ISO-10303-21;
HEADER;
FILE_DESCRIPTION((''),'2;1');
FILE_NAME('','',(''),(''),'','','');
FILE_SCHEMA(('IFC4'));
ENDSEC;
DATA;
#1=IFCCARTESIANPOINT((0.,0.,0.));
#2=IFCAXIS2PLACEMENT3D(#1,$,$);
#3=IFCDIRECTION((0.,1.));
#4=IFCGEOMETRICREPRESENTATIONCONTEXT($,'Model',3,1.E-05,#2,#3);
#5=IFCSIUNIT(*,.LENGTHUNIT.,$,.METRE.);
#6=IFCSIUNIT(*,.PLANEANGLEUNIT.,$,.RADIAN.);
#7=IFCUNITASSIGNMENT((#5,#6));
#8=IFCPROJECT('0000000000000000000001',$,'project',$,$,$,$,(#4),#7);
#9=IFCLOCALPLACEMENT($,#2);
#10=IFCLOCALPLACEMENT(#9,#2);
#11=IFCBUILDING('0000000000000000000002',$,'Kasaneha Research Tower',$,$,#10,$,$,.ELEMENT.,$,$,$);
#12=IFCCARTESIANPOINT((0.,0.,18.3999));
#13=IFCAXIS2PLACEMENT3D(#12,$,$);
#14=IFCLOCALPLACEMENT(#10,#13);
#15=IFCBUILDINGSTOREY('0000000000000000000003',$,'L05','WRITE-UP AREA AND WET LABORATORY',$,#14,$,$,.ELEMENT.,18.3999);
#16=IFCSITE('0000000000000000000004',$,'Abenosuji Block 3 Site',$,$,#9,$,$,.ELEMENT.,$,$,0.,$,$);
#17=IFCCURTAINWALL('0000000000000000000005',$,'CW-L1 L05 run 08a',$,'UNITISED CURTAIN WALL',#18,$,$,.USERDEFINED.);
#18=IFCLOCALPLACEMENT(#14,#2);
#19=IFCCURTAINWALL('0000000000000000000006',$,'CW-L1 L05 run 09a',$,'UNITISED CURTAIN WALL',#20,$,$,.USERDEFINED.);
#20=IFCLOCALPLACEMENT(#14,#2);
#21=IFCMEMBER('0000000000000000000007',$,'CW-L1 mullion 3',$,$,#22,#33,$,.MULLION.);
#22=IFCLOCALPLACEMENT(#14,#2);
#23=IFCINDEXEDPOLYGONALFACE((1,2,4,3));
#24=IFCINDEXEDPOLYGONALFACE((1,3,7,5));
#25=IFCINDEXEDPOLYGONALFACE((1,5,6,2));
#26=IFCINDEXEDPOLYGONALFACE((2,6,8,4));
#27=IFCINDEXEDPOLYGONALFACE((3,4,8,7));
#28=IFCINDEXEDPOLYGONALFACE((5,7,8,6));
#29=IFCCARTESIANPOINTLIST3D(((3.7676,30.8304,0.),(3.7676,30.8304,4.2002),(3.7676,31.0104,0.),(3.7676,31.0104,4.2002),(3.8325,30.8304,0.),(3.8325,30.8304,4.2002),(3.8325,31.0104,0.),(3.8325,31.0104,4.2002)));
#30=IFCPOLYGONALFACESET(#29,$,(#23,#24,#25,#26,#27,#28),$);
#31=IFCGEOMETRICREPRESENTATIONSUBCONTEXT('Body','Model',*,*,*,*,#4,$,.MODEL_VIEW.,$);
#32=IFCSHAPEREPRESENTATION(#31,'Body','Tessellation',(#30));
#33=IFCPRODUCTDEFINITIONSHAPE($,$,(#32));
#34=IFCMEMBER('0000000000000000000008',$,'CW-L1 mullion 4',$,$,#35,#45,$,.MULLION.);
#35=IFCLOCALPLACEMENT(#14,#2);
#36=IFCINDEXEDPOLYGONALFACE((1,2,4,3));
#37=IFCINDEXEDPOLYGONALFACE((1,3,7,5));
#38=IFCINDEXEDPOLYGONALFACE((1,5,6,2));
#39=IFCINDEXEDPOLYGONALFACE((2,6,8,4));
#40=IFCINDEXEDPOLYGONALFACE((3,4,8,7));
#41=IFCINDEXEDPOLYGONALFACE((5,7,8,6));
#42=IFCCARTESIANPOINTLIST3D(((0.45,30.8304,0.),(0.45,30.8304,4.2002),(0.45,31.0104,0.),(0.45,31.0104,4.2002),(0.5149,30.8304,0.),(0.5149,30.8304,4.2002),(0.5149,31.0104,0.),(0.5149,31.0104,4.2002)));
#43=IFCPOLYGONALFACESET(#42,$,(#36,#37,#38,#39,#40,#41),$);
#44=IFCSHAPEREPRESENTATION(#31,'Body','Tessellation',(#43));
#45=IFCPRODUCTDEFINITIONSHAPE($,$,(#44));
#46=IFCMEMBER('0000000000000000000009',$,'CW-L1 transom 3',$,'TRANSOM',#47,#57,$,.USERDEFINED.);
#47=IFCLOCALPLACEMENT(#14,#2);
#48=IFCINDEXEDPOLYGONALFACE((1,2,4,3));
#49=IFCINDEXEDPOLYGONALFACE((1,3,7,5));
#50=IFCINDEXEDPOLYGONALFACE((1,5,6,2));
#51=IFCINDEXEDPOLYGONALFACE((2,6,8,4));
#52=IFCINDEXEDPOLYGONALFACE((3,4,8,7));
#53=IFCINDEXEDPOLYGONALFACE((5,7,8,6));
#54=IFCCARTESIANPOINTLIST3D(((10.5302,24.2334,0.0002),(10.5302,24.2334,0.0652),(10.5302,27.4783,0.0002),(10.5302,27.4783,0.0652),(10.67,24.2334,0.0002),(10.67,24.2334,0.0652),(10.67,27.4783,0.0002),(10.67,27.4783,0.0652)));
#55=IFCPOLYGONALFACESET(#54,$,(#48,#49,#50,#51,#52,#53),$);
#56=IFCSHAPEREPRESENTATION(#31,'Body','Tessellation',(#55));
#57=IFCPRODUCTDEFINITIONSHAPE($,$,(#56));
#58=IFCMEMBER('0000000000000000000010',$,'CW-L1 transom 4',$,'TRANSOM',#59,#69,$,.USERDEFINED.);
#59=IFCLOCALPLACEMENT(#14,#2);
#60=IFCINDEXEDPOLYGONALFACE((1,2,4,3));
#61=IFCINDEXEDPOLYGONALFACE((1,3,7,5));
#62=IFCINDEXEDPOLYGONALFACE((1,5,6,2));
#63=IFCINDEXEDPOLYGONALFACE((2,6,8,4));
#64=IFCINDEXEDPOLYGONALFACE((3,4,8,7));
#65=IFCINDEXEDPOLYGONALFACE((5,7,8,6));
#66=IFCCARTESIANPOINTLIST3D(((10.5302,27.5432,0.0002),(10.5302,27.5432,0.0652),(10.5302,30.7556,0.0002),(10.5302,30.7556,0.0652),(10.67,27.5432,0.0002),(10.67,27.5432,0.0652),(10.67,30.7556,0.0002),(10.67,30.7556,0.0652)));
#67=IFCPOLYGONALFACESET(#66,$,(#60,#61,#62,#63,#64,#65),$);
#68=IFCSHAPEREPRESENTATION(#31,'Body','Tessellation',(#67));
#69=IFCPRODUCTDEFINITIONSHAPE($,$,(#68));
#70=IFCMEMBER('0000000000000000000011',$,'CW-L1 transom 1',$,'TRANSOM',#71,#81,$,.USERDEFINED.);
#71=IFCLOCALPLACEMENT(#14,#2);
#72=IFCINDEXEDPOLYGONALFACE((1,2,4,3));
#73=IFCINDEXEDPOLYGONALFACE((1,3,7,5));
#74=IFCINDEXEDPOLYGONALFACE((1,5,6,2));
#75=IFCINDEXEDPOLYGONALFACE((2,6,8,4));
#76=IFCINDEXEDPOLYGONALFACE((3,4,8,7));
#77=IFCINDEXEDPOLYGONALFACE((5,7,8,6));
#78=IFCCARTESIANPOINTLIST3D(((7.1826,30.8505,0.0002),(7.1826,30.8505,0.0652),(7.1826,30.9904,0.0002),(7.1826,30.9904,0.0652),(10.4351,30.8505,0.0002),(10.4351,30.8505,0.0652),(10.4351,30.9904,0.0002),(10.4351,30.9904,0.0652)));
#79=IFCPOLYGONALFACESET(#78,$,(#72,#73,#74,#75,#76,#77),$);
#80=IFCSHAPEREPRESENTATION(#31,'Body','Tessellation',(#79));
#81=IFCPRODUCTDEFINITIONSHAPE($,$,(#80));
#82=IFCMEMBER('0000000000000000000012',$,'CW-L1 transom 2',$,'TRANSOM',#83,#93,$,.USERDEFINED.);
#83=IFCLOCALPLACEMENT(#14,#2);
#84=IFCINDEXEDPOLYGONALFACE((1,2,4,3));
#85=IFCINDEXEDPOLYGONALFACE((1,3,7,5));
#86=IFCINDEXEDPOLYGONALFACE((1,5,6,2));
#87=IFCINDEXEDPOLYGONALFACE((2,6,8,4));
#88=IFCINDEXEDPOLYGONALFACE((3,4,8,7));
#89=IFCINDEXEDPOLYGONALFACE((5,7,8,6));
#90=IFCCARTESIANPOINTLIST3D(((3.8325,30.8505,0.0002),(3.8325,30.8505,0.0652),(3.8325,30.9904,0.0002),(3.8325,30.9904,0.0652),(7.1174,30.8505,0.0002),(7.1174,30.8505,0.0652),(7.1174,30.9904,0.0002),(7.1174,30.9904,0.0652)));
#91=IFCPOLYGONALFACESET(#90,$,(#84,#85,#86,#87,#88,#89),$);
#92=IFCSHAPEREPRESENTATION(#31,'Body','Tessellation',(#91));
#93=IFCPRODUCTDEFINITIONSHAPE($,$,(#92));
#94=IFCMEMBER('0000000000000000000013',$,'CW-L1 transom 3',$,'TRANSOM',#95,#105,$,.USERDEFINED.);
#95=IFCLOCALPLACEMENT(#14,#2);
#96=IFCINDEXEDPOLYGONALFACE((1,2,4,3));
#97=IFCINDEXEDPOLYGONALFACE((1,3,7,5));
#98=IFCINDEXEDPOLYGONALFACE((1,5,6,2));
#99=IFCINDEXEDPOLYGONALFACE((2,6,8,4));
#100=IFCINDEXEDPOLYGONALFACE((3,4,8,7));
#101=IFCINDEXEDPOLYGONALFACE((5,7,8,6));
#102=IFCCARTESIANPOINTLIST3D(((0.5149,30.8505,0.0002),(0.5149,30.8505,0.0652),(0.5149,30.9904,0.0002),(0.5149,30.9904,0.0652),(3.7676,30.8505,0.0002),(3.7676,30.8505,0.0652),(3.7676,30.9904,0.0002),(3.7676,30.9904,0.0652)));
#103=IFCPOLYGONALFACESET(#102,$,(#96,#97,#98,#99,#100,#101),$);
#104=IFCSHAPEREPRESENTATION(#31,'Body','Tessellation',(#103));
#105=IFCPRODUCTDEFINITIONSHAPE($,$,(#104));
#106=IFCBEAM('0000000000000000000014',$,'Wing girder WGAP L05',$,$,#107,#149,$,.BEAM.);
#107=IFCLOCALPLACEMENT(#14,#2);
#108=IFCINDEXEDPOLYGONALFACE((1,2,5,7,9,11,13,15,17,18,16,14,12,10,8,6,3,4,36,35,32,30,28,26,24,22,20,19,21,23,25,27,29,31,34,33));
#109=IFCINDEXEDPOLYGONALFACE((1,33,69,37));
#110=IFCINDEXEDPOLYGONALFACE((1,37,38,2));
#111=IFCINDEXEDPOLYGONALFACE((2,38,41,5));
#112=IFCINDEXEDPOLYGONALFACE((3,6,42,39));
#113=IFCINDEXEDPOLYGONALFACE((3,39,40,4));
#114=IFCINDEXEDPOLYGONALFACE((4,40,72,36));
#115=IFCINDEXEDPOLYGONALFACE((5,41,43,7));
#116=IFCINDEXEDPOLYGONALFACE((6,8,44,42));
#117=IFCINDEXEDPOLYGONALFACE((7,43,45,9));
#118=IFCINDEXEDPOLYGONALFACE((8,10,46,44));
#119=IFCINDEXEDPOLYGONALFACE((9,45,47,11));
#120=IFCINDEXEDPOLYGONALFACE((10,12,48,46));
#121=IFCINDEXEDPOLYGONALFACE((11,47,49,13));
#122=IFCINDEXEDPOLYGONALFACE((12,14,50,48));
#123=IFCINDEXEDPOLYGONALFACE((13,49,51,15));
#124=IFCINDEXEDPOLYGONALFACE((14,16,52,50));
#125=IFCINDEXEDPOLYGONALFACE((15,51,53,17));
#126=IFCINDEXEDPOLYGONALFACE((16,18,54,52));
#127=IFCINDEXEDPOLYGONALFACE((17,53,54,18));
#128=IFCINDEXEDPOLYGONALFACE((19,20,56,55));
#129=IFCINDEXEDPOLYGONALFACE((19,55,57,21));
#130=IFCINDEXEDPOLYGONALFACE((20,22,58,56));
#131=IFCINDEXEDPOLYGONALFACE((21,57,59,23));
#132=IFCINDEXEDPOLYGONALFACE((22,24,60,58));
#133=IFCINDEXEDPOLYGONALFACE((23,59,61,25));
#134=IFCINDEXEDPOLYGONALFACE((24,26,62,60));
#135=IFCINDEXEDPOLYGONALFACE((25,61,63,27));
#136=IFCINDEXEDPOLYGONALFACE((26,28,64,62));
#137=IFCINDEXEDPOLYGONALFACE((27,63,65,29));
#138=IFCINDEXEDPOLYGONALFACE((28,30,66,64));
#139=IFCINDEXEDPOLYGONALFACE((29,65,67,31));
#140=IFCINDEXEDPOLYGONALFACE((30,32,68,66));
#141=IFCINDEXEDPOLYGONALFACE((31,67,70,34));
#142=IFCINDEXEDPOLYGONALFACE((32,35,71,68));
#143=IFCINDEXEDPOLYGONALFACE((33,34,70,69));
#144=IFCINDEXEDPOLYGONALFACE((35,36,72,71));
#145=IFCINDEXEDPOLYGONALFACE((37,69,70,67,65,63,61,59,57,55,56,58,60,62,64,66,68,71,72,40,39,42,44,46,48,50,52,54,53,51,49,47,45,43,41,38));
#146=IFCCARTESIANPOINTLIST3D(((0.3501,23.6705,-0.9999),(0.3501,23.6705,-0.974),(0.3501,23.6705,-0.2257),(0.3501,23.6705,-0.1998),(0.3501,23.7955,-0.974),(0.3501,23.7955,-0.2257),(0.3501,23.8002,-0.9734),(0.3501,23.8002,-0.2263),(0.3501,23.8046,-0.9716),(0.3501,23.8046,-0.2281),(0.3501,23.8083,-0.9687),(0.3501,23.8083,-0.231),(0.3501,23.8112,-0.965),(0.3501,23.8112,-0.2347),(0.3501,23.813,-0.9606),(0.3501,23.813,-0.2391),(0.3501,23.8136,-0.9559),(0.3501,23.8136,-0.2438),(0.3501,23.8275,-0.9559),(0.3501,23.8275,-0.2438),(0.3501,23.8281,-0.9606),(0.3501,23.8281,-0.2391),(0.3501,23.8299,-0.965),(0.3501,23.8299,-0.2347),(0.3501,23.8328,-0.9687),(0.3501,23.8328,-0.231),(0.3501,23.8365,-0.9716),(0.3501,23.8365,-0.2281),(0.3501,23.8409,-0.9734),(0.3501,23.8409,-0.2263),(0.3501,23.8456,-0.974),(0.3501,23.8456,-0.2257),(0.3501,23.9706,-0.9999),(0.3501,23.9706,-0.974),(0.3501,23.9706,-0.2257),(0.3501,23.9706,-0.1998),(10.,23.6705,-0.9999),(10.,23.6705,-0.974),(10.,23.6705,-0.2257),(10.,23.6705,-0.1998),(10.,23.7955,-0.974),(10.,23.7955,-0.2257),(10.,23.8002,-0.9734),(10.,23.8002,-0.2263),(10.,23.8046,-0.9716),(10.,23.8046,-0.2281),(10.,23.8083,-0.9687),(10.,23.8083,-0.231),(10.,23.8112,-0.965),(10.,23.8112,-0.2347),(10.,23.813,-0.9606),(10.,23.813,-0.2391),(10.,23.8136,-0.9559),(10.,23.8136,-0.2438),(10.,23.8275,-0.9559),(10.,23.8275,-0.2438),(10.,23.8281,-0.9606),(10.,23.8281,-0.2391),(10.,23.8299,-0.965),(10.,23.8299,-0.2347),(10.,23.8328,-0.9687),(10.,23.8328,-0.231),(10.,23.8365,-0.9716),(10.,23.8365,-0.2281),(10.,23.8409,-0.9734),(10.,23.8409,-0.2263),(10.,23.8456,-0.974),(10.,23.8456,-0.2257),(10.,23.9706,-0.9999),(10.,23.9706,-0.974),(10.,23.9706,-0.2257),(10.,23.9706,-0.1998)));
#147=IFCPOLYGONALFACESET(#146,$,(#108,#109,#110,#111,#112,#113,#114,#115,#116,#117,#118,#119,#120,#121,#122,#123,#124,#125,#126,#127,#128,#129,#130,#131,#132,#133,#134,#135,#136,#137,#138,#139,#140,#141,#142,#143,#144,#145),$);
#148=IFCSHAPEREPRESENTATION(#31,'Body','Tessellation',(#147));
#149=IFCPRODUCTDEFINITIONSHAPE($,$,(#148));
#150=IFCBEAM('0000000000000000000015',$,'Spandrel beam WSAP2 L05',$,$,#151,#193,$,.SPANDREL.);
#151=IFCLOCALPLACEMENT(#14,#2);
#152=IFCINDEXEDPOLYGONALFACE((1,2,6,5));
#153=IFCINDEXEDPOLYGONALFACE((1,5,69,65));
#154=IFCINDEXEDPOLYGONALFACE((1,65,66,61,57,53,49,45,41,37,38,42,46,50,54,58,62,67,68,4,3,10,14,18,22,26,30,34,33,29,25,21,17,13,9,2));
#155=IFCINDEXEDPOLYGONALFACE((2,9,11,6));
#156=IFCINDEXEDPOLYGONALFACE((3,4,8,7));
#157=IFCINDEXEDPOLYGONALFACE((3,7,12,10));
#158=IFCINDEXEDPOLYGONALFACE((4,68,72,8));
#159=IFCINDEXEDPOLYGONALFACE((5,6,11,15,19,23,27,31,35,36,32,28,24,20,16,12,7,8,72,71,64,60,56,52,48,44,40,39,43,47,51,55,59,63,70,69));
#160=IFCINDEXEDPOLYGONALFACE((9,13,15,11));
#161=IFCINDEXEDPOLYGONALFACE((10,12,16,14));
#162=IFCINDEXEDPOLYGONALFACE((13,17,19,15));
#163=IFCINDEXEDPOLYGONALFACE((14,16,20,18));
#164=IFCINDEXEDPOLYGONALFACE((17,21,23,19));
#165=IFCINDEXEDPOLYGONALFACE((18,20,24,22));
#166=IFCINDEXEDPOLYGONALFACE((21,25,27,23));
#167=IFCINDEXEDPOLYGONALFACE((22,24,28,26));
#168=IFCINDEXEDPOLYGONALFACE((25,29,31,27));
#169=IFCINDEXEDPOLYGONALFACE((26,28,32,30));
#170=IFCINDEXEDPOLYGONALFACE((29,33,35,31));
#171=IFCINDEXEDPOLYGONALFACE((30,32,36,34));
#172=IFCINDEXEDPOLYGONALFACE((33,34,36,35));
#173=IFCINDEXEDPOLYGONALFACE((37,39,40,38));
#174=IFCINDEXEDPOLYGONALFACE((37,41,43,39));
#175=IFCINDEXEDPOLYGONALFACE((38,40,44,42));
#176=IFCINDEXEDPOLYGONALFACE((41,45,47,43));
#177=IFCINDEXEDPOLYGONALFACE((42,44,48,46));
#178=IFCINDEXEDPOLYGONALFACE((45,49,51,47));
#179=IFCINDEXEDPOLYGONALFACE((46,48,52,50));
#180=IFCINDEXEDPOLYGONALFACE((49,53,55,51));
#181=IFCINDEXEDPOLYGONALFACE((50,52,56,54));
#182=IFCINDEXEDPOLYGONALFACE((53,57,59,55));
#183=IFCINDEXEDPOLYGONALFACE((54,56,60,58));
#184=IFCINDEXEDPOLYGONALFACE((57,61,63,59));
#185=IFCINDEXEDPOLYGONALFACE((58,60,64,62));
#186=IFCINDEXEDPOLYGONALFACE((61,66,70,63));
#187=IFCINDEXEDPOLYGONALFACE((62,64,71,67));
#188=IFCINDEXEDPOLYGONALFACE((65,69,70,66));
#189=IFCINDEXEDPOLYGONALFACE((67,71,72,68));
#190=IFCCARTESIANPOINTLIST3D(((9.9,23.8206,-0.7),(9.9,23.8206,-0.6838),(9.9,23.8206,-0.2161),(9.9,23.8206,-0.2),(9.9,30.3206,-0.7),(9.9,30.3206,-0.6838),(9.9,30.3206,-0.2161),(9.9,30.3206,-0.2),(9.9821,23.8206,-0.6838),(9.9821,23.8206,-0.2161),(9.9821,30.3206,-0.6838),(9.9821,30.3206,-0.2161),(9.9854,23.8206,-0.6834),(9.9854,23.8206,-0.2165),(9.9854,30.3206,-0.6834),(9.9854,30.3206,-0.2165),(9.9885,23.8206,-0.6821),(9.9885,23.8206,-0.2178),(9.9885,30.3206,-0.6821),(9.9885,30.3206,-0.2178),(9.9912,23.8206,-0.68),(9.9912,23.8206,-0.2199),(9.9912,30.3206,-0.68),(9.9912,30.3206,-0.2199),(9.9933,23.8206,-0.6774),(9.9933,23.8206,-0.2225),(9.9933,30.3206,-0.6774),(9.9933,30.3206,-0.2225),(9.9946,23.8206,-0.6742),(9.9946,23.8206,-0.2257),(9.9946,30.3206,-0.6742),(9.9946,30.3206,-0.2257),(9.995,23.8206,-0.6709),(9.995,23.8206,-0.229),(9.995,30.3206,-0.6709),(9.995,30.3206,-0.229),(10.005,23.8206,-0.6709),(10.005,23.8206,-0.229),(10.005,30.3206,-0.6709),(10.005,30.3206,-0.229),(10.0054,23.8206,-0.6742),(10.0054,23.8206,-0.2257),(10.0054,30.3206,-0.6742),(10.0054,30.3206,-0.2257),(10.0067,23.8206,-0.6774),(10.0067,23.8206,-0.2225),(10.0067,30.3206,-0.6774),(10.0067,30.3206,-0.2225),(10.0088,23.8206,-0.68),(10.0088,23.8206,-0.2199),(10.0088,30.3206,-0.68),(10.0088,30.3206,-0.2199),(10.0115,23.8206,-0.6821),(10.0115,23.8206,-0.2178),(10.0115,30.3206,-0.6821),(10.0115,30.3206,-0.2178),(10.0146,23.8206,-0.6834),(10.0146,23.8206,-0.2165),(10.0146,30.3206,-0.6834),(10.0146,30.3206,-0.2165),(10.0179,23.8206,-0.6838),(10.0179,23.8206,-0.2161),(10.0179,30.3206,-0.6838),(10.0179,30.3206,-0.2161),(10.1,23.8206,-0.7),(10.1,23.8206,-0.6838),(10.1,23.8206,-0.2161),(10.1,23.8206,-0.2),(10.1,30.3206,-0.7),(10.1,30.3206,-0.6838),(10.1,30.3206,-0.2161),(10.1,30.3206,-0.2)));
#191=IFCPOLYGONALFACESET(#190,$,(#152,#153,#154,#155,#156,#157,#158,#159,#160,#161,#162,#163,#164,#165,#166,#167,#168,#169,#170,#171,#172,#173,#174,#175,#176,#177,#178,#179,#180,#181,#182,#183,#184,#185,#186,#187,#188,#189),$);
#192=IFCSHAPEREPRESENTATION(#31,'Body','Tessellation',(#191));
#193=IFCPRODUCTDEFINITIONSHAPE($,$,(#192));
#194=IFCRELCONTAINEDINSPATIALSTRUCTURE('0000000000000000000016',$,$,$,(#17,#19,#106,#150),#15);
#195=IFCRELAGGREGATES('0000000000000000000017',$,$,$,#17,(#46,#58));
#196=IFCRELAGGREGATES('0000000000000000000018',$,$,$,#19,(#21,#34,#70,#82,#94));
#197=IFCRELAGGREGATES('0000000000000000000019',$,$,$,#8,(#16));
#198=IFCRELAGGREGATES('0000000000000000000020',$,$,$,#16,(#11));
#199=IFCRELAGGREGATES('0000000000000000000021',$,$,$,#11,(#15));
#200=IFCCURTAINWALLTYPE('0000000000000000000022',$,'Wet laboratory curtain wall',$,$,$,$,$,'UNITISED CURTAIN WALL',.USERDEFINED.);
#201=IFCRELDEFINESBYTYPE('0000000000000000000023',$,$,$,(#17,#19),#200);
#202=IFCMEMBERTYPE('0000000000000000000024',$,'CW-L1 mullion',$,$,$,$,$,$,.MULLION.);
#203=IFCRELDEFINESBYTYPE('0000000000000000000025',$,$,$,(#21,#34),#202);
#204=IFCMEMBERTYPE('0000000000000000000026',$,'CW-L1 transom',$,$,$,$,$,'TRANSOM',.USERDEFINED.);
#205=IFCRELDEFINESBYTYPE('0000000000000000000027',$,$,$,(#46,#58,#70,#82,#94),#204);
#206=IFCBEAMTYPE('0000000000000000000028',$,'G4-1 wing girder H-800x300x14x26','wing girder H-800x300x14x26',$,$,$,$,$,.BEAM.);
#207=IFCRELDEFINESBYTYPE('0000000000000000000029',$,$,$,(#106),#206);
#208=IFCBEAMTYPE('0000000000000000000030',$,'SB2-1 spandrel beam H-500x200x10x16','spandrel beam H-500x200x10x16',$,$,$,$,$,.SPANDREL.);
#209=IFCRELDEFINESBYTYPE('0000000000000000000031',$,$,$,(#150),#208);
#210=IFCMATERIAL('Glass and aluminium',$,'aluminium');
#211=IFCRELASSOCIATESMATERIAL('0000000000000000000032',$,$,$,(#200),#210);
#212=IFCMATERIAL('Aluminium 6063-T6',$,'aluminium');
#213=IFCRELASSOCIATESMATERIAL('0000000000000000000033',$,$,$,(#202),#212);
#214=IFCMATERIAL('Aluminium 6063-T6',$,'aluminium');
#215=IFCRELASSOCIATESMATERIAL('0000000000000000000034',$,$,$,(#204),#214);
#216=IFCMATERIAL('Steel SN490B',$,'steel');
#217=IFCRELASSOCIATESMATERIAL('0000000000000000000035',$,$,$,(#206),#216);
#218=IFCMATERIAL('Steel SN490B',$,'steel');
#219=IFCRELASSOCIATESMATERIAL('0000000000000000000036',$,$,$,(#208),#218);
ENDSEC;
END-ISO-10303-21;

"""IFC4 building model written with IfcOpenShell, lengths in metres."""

from ifc_helpers import new_model, si_unit, direction, frame, origin, origin_2d, place, context, subcontext, project, spatial, rectangle, i_section, extrude, material, material_profile, profile_set, type_object, element, aggregate, save


model = new_model("IFC4")

# Units and contexts
model_context = context("Model", 3, precision=1e-05, world=origin(), true_north=direction((0.0, 1.0)))
body_context = subcontext(model_context, "Body", "Model", "MODEL_VIEW")
ifc_project = project(units=[si_unit("LENGTHUNIT", "METRE"), si_unit("PLANEANGLEUNIT", "RADIAN")], contexts=[model_context])

# Site, building, storey
site_placement = place(None, origin())
site = spatial("IfcSite", under=ifc_project, at=site_placement, Name="Abenosuji Block 3 Site", CompositionType="ELEMENT", RefElevation=0.0)
building_placement = place(site_placement, origin())
building = spatial("IfcBuilding", under=site, at=building_placement, Name="Kasaneha Research Tower", CompositionType="ELEMENT")
storey_placement = place(building_placement, frame((0.0, 0.0, 18.3999)))
storey = spatial("IfcBuildingStorey", under=building, at=storey_placement, Name="L05", Description="WRITE-UP AREA AND WET LABORATORY", CompositionType="ELEMENT", Elevation=18.3999)

# Curtain walls, members
ifc_material_1 = material(Name="Glass and aluminium", Category="aluminium")
curtain_wall_type = type_object("IfcCurtainWallType", Name="Wet laboratory curtain wall", ElementType="UNITISED CURTAIN WALL", PredefinedType="USERDEFINED", material=ifc_material_1)
curtain_wall_1_placement = place(storey_placement, origin())
curtain_wall_1 = element("IfcCurtainWall", 1, at=curtain_wall_1_placement, inside=storey, type_object=curtain_wall_type, Name="CW-L1 L05 run 08a", ObjectType="UNITISED CURTAIN WALL", PredefinedType="USERDEFINED")
ifc_material_2 = material(Name="Aluminium 6063-T6", Category="aluminium")
ifc_material_profile_1 = material_profile(ifc_material_2, rectangle(XDim=0.0649, YDim=0.1799, at=origin_2d()), Name="CW-L1 mullion 65x180")
ifc_profile_set_1 = profile_set([ifc_material_profile_1], Name="Aluminium 6063-T6")
member_type_1 = type_object("IfcMemberType", Name="CW-L1 mullion", PredefinedType="MULLION", material=ifc_profile_set_1)
curtain_wall_2_placement = place(storey_placement, origin())
curtain_wall_2 = element("IfcCurtainWall", 2, at=curtain_wall_2_placement, inside=storey, type_object=curtain_wall_type, Name="CW-L1 L05 run 09a", ObjectType="UNITISED CURTAIN WALL", PredefinedType="USERDEFINED")
member_1_placement = place(storey_placement, frame((3.8, 30.9204, 0.0), z_axis=(0.0, 0.0, 1.0), x_axis=(-1.0, 0.0, 0.0)))
member_1 = element("IfcMember", 3, at=member_1_placement, type_object=member_type_1, Name="CW-L1 mullion 3", PredefinedType="MULLION", context=body_context, shape_type="SweptSolid", body=[
    extrude(rectangle(XDim=0.0649, YDim=0.1799, at=origin_2d()), origin(), (0.0, 0.0, 1.0), 4.2002),
])
member_2_placement = place(storey_placement, frame((0.4824, 30.9204, 0.0), z_axis=(0.0, 0.0, 1.0), x_axis=(-1.0, 0.0, 0.0)))
member_2 = element("IfcMember", 4, at=member_2_placement, type_object=member_type_1, Name="CW-L1 mullion 4", PredefinedType="MULLION", context=body_context, shape_type="SweptSolid", body=[
    extrude(rectangle(XDim=0.0649, YDim=0.1799, at=origin_2d()), origin(), (0.0, 0.0, 1.0), 4.2002),
])

# Members
ifc_material_3 = material(Name="Aluminium 6063-T6", Category="aluminium")
ifc_material_profile_2 = material_profile(ifc_material_3, rectangle(XDim=0.1399, YDim=0.0649, at=origin_2d()), Name="CW-L1 transom 140x65")
ifc_profile_set_2 = profile_set([ifc_material_profile_2], Name="Aluminium 6063-T6")
member_type_2 = type_object("IfcMemberType", Name="CW-L1 transom", ElementType="TRANSOM", PredefinedType="USERDEFINED", material=ifc_profile_set_2)
member_3_placement = place(storey_placement, frame((10.6001, 24.2334, 0.0327), z_axis=(0.0, 1.0, 0.0), x_axis=(-1.0, 0.0, 0.0)))
member_3 = element("IfcMember", 5, at=member_3_placement, type_object=member_type_2, Name="CW-L1 transom 3", ObjectType="TRANSOM", PredefinedType="USERDEFINED", context=body_context, shape_type="SweptSolid", body=[
    extrude(rectangle(XDim=0.1399, YDim=0.0649, at=origin_2d()), origin(), (0.0, 0.0, 1.0), 3.2449),
])
member_4_placement = place(storey_placement, frame((10.6001, 27.5432, 0.0327), z_axis=(0.0, 1.0, 0.0), x_axis=(-1.0, 0.0, 0.0)))
member_4 = element("IfcMember", 6, at=member_4_placement, type_object=member_type_2, Name="CW-L1 transom 4", ObjectType="TRANSOM", PredefinedType="USERDEFINED", context=body_context, shape_type="SweptSolid", body=[
    extrude(rectangle(XDim=0.1399, YDim=0.0649, at=origin_2d()), origin(), (0.0, 0.0, 1.0), 3.2124),
])
member_5_placement = place(storey_placement, frame((10.4351, 30.9204, 0.0327), z_axis=(-1.0, 0.0, 0.0), x_axis=(0.0, -1.0, 0.0)))
member_5 = element("IfcMember", 7, at=member_5_placement, type_object=member_type_2, Name="CW-L1 transom 1", ObjectType="TRANSOM", PredefinedType="USERDEFINED", context=body_context, shape_type="SweptSolid", body=[
    extrude(rectangle(XDim=0.1399, YDim=0.0649, at=origin_2d()), origin(), (0.0, 0.0, 1.0), 3.2524),
])
member_6_placement = place(storey_placement, frame((7.1174, 30.9204, 0.0327), z_axis=(-1.0, 0.0, 0.0), x_axis=(0.0, -1.0, 0.0)))
member_6 = element("IfcMember", 8, at=member_6_placement, type_object=member_type_2, Name="CW-L1 transom 2", ObjectType="TRANSOM", PredefinedType="USERDEFINED", context=body_context, shape_type="SweptSolid", body=[
    extrude(rectangle(XDim=0.1399, YDim=0.0649, at=origin_2d()), origin(), (0.0, 0.0, 1.0), 3.2849),
])
member_7_placement = place(storey_placement, frame((3.7676, 30.9204, 0.0327), z_axis=(-1.0, 0.0, 0.0), x_axis=(0.0, -1.0, 0.0)))
member_7 = element("IfcMember", 9, at=member_7_placement, type_object=member_type_2, Name="CW-L1 transom 3", ObjectType="TRANSOM", PredefinedType="USERDEFINED", context=body_context, shape_type="SweptSolid", body=[
    extrude(rectangle(XDim=0.1399, YDim=0.0649, at=origin_2d()), origin(), (0.0, 0.0, 1.0), 3.2527),
])

# Beams
ifc_material_4 = material(Name="Steel SN490B", Category="steel")
ifc_material_profile_3 = material_profile(ifc_material_4, i_section(OverallWidth=0.3, OverallDepth=0.8, WebThickness=0.0139, FlangeThickness=0.0259, FilletRadius=0.0181, at=origin_2d()), Name="H-800x300x14x26")
ifc_profile_set_3 = profile_set([ifc_material_profile_3], Name="Steel SN490B")
beam_type_1 = type_object("IfcBeamType", Name="G4-1 wing girder H-800x300x14x26", Description="wing girder H-800x300x14x26", PredefinedType="BEAM", material=ifc_profile_set_3)
beam_1_placement = place(storey_placement, frame((10.0, 23.8206, -0.5999), z_axis=(-1.0, 0.0, 0.0), x_axis=(0.0, -1.0, 0.0)))
element("IfcBeam", 10, at=beam_1_placement, inside=storey, type_object=beam_type_1, Name="Wing girder WGAP L05", PredefinedType="BEAM", context=body_context, shape_type="SweptSolid", body=[
    extrude(i_section(OverallWidth=0.3, OverallDepth=0.8, WebThickness=0.0139, FlangeThickness=0.0259, FilletRadius=0.0181, at=origin_2d()), origin(), (0.0, 0.0, 1.0), 9.6499),
])
ifc_material_5 = material(Name="Steel SN490B", Category="steel")
ifc_material_profile_4 = material_profile(ifc_material_5, i_section(OverallWidth=0.2, OverallDepth=0.5, WebThickness=0.01, FlangeThickness=0.0161, FilletRadius=0.0129, at=origin_2d()), Name="H-500x200x10x16")
ifc_profile_set_4 = profile_set([ifc_material_profile_4], Name="Steel SN490B")
beam_type_2 = type_object("IfcBeamType", Name="SB2-1 spandrel beam H-500x200x10x16", Description="spandrel beam H-500x200x10x16", PredefinedType="SPANDREL", material=ifc_profile_set_4)
beam_2_placement = place(storey_placement, frame((10.0, 23.8206, -0.45), z_axis=(0.0, 1.0, 0.0), x_axis=(-1.0, 0.0, 0.0)))
element("IfcBeam", 11, at=beam_2_placement, inside=storey, type_object=beam_type_2, Name="Spandrel beam WSAP2 L05", PredefinedType="SPANDREL", context=body_context, shape_type="SweptSolid", body=[
    extrude(i_section(OverallWidth=0.2, OverallDepth=0.5, WebThickness=0.01, FlangeThickness=0.0161, FilletRadius=0.0129, at=origin_2d()), origin(), (0.0, 0.0, 1.0), 6.5),
])

aggregate(curtain_wall_1, [member_3, member_4])
aggregate(curtain_wall_2, [member_1, member_2, member_5, member_6, member_7])

save(model, "model.ifc")
